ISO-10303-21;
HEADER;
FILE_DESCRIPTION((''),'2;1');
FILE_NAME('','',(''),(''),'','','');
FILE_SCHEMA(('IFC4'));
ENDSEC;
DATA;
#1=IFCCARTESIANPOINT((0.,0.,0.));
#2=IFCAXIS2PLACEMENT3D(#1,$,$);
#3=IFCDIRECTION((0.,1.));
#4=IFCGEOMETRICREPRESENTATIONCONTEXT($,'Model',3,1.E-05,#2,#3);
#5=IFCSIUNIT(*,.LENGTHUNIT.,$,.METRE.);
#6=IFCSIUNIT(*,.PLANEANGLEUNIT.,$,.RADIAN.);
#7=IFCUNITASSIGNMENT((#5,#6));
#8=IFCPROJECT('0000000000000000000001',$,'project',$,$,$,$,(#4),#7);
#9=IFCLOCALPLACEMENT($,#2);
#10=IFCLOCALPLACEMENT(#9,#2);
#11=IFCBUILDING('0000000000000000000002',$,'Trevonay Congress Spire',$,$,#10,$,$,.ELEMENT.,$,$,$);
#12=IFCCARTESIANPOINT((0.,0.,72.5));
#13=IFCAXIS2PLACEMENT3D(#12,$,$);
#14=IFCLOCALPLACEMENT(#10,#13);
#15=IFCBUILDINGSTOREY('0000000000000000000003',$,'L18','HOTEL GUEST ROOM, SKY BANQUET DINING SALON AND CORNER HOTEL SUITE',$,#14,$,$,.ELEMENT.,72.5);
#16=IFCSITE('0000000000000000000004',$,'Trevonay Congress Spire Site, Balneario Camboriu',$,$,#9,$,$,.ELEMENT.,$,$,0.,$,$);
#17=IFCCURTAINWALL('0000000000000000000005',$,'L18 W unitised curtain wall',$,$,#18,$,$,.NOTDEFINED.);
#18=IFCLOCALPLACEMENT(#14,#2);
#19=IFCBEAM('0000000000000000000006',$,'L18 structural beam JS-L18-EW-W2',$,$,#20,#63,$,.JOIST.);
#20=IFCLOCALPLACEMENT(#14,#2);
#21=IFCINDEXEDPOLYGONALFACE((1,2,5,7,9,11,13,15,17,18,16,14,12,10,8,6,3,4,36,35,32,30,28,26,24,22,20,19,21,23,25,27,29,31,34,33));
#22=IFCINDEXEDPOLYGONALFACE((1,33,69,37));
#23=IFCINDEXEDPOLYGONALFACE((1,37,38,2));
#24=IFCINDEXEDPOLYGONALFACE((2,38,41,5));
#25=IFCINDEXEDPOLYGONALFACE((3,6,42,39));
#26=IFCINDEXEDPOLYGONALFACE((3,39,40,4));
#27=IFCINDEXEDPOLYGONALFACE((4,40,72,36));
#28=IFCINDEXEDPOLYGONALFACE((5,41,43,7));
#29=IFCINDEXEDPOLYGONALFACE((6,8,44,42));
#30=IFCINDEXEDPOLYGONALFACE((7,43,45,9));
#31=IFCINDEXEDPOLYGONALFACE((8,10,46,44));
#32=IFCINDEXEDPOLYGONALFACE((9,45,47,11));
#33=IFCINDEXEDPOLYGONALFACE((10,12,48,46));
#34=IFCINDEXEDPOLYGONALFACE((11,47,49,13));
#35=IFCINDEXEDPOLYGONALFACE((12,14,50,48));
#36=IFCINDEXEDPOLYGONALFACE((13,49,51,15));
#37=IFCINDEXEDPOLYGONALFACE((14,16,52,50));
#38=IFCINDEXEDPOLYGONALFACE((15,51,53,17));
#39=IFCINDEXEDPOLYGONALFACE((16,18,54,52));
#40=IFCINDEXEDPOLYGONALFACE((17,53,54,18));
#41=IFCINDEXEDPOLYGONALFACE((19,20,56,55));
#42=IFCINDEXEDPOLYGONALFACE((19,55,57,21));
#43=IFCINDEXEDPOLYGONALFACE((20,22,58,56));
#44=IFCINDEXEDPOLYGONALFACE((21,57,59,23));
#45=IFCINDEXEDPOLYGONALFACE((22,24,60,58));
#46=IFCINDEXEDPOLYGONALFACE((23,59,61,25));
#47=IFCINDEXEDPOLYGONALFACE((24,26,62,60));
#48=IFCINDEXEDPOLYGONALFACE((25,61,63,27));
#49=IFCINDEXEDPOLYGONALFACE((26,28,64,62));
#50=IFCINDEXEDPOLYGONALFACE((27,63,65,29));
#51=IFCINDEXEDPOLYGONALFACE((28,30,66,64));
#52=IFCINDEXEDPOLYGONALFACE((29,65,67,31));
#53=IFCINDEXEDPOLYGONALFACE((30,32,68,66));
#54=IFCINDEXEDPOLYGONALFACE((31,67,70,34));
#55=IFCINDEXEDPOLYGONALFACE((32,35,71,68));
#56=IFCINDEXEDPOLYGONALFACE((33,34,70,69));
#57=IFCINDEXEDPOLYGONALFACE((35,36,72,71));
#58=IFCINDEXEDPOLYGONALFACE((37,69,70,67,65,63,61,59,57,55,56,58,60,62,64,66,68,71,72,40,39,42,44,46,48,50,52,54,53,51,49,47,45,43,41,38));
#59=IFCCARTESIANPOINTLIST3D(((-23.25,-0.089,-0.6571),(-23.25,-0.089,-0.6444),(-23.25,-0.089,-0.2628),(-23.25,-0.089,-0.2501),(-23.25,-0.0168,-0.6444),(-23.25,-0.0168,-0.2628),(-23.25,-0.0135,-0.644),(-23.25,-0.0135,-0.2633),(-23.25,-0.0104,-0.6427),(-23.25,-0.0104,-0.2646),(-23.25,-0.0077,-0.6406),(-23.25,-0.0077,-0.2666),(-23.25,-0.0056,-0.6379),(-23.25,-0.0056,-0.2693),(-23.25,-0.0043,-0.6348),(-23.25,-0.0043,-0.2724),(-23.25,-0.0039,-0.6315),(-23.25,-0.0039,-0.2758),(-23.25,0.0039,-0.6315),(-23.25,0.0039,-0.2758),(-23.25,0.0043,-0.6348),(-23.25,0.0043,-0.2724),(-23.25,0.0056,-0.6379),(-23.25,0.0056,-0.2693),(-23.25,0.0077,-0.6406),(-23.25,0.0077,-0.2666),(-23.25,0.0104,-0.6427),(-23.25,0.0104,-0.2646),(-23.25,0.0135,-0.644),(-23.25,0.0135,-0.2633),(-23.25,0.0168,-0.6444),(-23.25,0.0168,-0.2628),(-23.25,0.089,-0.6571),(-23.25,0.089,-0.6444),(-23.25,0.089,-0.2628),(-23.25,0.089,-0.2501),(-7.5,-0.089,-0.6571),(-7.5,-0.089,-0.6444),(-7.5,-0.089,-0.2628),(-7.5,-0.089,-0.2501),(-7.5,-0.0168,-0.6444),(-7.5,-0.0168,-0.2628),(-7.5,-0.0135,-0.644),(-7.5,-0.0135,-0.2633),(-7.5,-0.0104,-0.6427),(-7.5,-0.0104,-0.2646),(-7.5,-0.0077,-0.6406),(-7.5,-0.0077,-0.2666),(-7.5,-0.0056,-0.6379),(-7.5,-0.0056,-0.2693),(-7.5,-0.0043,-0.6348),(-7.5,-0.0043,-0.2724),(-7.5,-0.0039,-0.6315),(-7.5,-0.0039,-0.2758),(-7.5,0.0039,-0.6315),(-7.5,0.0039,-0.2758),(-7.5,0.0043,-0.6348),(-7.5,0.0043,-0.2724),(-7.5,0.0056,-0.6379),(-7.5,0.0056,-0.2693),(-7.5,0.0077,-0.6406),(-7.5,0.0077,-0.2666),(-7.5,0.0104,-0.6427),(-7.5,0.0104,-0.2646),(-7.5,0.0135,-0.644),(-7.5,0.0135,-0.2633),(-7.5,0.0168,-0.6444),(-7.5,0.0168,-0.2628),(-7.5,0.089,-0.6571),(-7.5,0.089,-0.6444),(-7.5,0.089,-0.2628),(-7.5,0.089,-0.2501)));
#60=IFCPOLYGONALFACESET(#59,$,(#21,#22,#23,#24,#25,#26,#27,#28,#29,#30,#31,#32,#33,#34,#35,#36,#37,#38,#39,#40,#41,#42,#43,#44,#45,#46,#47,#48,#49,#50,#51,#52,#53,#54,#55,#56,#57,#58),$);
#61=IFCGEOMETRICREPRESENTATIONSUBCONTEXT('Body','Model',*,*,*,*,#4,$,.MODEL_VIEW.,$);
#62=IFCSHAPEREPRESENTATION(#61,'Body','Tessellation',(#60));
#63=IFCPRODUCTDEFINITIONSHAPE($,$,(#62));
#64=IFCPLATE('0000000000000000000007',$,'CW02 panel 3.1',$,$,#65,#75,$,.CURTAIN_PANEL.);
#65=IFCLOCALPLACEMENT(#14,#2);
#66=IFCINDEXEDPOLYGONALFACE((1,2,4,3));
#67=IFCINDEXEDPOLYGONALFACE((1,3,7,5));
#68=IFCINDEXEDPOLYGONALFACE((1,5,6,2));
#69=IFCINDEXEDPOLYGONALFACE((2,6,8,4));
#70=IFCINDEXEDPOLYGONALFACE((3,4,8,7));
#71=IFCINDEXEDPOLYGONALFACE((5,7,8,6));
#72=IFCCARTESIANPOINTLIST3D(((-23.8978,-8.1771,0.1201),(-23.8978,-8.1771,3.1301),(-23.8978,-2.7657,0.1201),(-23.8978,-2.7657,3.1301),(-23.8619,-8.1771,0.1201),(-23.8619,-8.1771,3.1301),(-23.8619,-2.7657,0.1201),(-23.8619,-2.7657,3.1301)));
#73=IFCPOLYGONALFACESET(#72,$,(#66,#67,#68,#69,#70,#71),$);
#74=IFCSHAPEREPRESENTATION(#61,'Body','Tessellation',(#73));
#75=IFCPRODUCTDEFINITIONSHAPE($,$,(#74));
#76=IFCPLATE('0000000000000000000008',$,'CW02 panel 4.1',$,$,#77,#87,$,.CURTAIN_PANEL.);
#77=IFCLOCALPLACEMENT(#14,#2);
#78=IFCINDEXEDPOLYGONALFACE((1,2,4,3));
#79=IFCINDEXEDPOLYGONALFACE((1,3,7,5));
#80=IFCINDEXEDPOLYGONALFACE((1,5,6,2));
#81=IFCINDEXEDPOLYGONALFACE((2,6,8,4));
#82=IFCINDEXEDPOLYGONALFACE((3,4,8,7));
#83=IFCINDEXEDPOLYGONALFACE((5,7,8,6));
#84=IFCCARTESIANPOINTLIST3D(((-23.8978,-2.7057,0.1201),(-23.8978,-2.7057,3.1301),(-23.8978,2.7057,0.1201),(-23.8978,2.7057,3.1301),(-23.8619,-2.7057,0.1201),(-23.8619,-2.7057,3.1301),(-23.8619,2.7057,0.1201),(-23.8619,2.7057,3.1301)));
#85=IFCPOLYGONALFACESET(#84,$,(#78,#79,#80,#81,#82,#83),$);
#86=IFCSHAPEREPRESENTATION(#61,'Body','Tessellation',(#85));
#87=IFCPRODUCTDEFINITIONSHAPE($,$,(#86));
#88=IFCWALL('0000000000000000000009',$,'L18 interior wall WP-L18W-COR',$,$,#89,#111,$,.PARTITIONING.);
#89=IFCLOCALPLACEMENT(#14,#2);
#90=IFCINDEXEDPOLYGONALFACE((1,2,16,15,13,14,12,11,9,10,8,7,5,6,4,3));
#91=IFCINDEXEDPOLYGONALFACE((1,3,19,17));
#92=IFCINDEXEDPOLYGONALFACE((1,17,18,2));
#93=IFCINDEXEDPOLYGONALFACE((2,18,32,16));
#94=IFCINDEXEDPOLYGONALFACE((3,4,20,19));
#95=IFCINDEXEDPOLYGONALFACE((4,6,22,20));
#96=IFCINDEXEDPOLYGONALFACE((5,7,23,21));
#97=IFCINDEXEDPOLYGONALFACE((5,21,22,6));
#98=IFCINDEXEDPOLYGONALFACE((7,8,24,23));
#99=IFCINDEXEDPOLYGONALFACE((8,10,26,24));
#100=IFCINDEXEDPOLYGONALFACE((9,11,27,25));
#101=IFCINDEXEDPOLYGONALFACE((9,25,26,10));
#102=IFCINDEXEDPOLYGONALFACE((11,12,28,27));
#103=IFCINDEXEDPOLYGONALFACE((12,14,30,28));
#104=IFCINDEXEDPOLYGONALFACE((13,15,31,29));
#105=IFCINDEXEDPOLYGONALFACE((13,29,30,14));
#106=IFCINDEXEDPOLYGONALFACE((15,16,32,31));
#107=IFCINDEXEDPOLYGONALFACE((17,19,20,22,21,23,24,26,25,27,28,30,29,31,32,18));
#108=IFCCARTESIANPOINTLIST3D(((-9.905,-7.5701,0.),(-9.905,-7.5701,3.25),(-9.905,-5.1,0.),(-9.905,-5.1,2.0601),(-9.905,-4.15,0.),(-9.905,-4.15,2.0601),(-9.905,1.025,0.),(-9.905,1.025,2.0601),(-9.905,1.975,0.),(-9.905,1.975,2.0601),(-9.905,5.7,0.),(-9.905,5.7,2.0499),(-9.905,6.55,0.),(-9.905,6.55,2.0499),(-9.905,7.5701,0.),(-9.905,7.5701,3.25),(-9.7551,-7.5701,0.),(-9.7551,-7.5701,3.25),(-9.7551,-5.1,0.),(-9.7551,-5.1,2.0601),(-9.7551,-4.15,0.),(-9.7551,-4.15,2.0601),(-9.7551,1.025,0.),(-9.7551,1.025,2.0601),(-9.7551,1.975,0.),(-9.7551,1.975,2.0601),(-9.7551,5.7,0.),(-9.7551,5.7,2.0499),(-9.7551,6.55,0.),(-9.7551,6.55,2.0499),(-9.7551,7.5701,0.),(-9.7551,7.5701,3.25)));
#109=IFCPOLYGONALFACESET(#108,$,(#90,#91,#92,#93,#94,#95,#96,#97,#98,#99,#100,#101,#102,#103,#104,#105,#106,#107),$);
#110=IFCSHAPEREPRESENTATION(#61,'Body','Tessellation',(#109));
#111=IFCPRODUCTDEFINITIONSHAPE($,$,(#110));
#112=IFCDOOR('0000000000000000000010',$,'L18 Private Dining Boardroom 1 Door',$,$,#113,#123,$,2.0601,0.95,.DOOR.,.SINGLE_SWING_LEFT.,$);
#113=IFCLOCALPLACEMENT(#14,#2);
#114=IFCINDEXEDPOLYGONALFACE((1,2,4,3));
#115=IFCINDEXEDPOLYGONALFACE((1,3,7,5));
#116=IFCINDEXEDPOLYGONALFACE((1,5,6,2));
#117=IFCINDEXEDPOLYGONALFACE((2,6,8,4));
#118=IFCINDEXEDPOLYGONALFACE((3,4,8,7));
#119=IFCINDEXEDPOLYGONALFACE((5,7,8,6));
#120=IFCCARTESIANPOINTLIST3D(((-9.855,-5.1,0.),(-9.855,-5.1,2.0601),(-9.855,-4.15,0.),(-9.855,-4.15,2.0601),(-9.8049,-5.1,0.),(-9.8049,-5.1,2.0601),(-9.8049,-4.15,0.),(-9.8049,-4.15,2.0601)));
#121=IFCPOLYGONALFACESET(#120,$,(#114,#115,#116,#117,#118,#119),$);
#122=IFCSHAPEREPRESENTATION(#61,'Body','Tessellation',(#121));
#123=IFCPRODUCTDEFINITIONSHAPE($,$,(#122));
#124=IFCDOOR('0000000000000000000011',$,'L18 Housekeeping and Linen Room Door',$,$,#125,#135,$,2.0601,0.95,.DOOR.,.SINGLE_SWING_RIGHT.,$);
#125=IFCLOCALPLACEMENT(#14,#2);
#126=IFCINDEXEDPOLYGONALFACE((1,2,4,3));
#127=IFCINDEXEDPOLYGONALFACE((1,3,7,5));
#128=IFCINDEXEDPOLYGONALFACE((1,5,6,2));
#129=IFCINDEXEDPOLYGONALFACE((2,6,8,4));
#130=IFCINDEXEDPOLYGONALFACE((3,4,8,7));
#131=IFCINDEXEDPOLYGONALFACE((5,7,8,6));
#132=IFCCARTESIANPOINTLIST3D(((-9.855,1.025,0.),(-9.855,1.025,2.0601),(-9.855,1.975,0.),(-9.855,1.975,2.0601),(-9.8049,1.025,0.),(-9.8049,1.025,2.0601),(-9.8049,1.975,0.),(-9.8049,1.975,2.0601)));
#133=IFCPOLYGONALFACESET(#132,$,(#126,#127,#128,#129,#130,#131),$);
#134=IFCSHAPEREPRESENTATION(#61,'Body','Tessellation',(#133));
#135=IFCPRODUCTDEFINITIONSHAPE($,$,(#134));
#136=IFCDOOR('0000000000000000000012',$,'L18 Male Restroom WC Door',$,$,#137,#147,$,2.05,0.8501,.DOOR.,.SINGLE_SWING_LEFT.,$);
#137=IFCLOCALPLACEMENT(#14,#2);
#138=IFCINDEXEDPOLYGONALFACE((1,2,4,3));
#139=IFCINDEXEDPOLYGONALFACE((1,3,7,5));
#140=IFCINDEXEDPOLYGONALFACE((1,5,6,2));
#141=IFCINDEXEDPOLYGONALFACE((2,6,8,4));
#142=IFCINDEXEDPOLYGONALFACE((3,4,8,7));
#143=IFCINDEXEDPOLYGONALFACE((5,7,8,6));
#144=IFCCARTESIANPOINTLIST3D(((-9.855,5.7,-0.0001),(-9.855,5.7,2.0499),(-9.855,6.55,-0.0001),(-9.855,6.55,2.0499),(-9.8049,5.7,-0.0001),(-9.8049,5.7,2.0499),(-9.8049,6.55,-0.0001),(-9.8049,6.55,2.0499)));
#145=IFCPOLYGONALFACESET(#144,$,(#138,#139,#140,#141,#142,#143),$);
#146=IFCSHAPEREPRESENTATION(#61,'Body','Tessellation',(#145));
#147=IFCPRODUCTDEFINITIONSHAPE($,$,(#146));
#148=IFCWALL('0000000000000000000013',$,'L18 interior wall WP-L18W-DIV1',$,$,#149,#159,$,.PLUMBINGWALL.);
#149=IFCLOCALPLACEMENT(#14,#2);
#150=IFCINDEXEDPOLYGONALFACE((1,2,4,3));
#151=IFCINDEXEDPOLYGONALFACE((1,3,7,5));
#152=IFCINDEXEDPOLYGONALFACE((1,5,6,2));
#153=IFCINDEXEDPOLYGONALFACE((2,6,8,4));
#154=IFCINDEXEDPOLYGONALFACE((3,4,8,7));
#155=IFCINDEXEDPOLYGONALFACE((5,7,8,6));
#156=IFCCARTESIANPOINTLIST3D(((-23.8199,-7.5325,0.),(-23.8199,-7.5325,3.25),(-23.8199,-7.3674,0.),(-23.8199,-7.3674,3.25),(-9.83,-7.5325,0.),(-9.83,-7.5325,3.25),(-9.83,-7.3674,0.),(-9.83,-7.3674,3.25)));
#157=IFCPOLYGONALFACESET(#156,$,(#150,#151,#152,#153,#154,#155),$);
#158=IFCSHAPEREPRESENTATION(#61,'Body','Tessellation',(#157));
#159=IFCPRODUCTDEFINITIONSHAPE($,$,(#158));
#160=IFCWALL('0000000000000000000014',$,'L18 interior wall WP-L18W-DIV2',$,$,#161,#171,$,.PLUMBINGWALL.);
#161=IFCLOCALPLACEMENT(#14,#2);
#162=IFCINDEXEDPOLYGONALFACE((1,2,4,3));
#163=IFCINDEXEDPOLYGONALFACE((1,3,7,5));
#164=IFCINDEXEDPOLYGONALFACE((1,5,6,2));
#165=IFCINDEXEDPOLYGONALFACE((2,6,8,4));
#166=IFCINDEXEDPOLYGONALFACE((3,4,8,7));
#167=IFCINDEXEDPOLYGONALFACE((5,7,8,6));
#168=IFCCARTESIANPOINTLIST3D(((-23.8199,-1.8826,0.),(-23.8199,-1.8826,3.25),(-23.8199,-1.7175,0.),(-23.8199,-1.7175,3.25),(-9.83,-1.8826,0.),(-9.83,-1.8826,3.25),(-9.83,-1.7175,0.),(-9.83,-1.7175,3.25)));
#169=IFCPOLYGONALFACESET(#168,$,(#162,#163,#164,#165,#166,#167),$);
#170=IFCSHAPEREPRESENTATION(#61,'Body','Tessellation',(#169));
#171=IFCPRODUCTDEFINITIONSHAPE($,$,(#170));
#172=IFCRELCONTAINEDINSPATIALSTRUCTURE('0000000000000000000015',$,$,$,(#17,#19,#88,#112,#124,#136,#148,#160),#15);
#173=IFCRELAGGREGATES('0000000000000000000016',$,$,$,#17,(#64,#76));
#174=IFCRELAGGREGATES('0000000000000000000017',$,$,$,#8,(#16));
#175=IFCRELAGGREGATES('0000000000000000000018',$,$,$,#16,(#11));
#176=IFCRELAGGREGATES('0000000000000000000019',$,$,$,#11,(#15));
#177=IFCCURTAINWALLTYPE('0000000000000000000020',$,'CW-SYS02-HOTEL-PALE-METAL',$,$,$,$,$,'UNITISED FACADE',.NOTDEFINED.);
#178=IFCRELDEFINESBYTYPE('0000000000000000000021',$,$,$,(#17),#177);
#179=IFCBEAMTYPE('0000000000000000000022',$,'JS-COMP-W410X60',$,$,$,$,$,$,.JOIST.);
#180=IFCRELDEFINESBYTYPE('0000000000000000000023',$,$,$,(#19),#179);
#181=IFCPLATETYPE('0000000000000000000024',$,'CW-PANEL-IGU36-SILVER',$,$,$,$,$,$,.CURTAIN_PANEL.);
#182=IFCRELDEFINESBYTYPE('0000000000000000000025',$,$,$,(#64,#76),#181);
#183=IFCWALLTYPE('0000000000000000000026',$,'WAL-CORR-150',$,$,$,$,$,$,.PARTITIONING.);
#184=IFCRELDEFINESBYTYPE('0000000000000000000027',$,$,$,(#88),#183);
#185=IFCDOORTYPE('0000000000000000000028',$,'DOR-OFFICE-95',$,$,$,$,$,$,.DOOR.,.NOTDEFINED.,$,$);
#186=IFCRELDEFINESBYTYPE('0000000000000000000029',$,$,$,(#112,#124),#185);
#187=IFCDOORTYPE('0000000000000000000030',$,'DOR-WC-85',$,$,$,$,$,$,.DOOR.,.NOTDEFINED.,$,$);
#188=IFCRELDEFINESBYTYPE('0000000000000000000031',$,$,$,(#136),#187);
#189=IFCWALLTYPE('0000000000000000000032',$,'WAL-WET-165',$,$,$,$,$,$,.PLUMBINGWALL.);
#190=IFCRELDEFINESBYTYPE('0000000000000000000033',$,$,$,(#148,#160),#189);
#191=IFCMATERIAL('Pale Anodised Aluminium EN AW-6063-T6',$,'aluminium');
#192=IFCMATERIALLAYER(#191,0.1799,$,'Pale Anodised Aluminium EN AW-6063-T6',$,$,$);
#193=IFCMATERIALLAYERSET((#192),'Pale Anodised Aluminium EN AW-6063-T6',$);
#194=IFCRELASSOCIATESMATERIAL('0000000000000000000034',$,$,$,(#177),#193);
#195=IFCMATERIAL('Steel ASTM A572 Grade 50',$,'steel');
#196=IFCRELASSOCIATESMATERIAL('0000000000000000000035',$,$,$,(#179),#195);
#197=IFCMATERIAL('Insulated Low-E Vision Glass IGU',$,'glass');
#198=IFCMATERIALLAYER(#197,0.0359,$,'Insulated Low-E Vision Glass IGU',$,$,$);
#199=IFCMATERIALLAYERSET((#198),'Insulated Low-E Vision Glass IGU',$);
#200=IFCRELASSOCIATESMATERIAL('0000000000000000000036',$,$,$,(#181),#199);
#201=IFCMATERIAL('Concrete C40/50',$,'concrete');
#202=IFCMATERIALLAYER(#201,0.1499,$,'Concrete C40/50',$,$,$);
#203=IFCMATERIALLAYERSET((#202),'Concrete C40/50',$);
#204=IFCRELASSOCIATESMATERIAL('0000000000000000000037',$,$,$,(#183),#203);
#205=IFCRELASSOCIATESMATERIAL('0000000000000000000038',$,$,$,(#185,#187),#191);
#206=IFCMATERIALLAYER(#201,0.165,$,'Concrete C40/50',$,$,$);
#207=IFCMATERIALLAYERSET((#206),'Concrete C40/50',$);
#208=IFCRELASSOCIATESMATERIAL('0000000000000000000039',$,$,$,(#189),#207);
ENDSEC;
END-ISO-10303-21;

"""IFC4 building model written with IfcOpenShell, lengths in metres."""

from ifc_helpers import new_model, si_unit, direction, frame, frame_2d, origin, origin_2d, place, context, subcontext, project, spatial, rectangle, i_section, extrude, material, layer, layer_set, material_profile, profile_set, type_object, element, fill, aggregate, save


model = new_model("IFC4")

# Units and contexts
model_context = context("Model", 3, precision=1e-05, world=origin(), true_north=direction((0.0, 1.0)))
body_context = subcontext(model_context, "Body", "Model", "MODEL_VIEW")
ifc_project = project(units=[si_unit("LENGTHUNIT", "METRE"), si_unit("PLANEANGLEUNIT", "RADIAN")], contexts=[model_context])

# Site, building, storey
site_placement = place(None, origin())
site = spatial("IfcSite", under=ifc_project, at=site_placement, Name="Trevonay Congress Spire Site, Balneario Camboriu", CompositionType="ELEMENT", RefElevation=0.0)
building_placement = place(site_placement, origin())
building = spatial("IfcBuilding", under=site, at=building_placement, Name="Trevonay Congress Spire", CompositionType="ELEMENT")
storey_placement = place(building_placement, frame((0.0, 0.0, 72.5)))
storey = spatial("IfcBuildingStorey", under=building, at=storey_placement, Name="L18", Description="HOTEL GUEST ROOM, SKY BANQUET DINING SALON AND CORNER HOTEL SUITE", CompositionType="ELEMENT", Elevation=72.5)

# Shared definitions
ifc_material_1 = material(Name="Steel ASTM A572 Grade 50", Category="steel")

# Curtain wall
ifc_material_2 = material(Name="Pale Anodised Aluminium EN AW-6063-T6", Category="aluminium")
ifc_layer_1 = layer(ifc_material_2, 0.1799, Name="Pale Anodised Aluminium EN AW-6063-T6")
ifc_layer_set_1 = layer_set([ifc_layer_1], Name="Pale Anodised Aluminium EN AW-6063-T6")
curtain_wall_type = type_object("IfcCurtainWallType", Name="CW-SYS02-HOTEL-PALE-METAL", ElementType="UNITISED FACADE", PredefinedType="NOTDEFINED", material=ifc_layer_set_1)
curtain_wall_placement = place(storey_placement, origin())
curtain_wall = element("IfcCurtainWall", 1, at=curtain_wall_placement, inside=storey, type_object=curtain_wall_type, Name="L18 W unitised curtain wall", PredefinedType="NOTDEFINED")

# Beam
ifc_material_profile_1 = material_profile(ifc_material_1, i_section(OverallWidth=0.178, OverallDepth=0.407, WebThickness=0.0078, FlangeThickness=0.0127, FilletRadius=0.0129, at=origin_2d()), Name="W410x60")
ifc_profile_set_1 = profile_set([ifc_material_profile_1], Name="Steel ASTM A572 Grade 50")
beam_type_1 = type_object("IfcBeamType", Name="JS-COMP-W410X60", PredefinedType="JOIST", material=ifc_profile_set_1)
for number, where, z_axis, x_axis, name in (
    (2, (-23.25, 0.0, -0.4536), (1.0, 0.0, 0.0), (0.0, 1.0, 0.0), "L18 structural beam JS-L18-EW-W2"),
):
    element("IfcBeam", number, at=place(storey_placement, frame(where, z_axis=z_axis, x_axis=x_axis)), inside=storey, type_object=beam_type_1, Name=name, PredefinedType="JOIST", context=body_context, shape_type="SweptSolid", body=[
        extrude(i_section(OverallWidth=0.178, OverallDepth=0.407, WebThickness=0.0078, FlangeThickness=0.0127, FilletRadius=0.0129, at=origin_2d()), origin(), (0.0, 0.0, 1.0), 15.75),
    ])

# Plates
ifc_material_3 = material(Name="Insulated Low-E Vision Glass IGU", Category="glass")
ifc_layer_2 = layer(ifc_material_3, 0.0359, Name="Insulated Low-E Vision Glass IGU")
ifc_layer_set_2 = layer_set([ifc_layer_2], Name="Insulated Low-E Vision Glass IGU")
plate_type = type_object("IfcPlateType", Name="CW-PANEL-IGU36-SILVER", PredefinedType="CURTAIN_PANEL", material=ifc_layer_set_2)
plate_1_placement = place(storey_placement, frame((-23.8799, -5.4714, 0.1201), z_axis=(0.0, 0.0, 1.0), x_axis=(0.0, 1.0, 0.0)))
plate_1 = element("IfcPlate", 3, at=plate_1_placement, type_object=plate_type, Name="CW02 panel 3.1", PredefinedType="CURTAIN_PANEL", context=body_context, shape_type="SweptSolid", body=[
    extrude(rectangle(XDim=5.4114, YDim=0.0359, at=origin_2d()), origin(), (0.0, 0.0, 1.0), 3.01),
])
plate_2_placement = place(storey_placement, frame((-23.8799, 0.0, 0.1201), z_axis=(0.0, 0.0, 1.0), x_axis=(0.0, 1.0, 0.0)))
plate_2 = element("IfcPlate", 4, at=plate_2_placement, type_object=plate_type, Name="CW02 panel 4.1", PredefinedType="CURTAIN_PANEL", context=body_context, shape_type="SweptSolid", body=[
    extrude(rectangle(XDim=5.4114, YDim=0.0359, at=origin_2d()), origin(), (0.0, 0.0, 1.0), 3.01),
])
aggregate(curtain_wall, [plate_1, plate_2])

# Wall, openings, doors
ifc_material_4 = material(Name="Concrete C40/50", Category="concrete")
ifc_layer_3 = layer(ifc_material_4, 0.1499, Name="Concrete C40/50")
ifc_layer_set_3 = layer_set([ifc_layer_3], Name="Concrete C40/50")
wall_type_1 = type_object("IfcWallType", Name="WAL-CORR-150", PredefinedType="PARTITIONING", material=ifc_layer_set_3)
wall_placement = place(storey_placement, frame((-9.8301, -7.5701, 0.0), z_axis=(0.0, 0.0, 1.0), x_axis=(0.0, 1.0, 0.0)))
wall = element("IfcWall", 5, at=wall_placement, inside=storey, type_object=wall_type_1, Name="L18 interior wall WP-L18W-COR", PredefinedType="PARTITIONING", context=body_context, shape_type="SweptSolid", body=[
    extrude(rectangle(XDim=15.1401, YDim=0.1499, at=frame_2d((7.5701, 0.0))), origin(), (0.0, 0.0, 1.0), 3.25),
])
opening_1_placement = place(wall_placement, frame((2.47, 0.0, 0.0)))
opening_1 = element("IfcOpeningElement", 6, at=opening_1_placement, cuts=wall, PredefinedType="OPENING", context=body_context, shape_type="SweptSolid", body=[
    extrude(rectangle(XDim=0.95, YDim=2.0601, at=frame_2d((0.4751, 1.03))), frame((0.0, 0.085, 0.0), z_axis=(0.0, -1.0, 0.0), x_axis=(1.0, 0.0, 0.0)), (0.0, 0.0, 1.0), 0.1699),
])
opening_2_placement = place(wall_placement, frame((8.595, 0.0, 0.0)))
opening_2 = element("IfcOpeningElement", 7, at=opening_2_placement, cuts=wall, PredefinedType="OPENING", context=body_context, shape_type="SweptSolid", body=[
    extrude(rectangle(XDim=0.95, YDim=2.0601, at=frame_2d((0.4751, 1.03))), frame((0.0, 0.085, 0.0), z_axis=(0.0, -1.0, 0.0), x_axis=(1.0, 0.0, 0.0)), (0.0, 0.0, 1.0), 0.1699),
])
opening_3_placement = place(wall_placement, frame((13.27, 0.0, 0.0)))
opening_3 = element("IfcOpeningElement", 8, at=opening_3_placement, cuts=wall, PredefinedType="OPENING", context=body_context, shape_type="SweptSolid", body=[
    extrude(rectangle(XDim=0.8501, YDim=2.05, at=frame_2d((0.425, 1.0249))), frame((0.0, 0.085, 0.0), z_axis=(0.0, -1.0, 0.0), x_axis=(1.0, 0.0, 0.0)), (0.0, 0.0, 1.0), 0.1699),
])
door_type_1 = type_object("IfcDoorType", Name="DOR-OFFICE-95", OperationType="NOTDEFINED", PredefinedType="DOOR", material=ifc_material_2)
door_1_placement = place(opening_1_placement, origin())
door_1 = element("IfcDoor", 9, at=door_1_placement, inside=storey, type_object=door_type_1, Name="L18 Private Dining Boardroom 1 Door", OperationType="SINGLE_SWING_LEFT", OverallHeight=2.0601, OverallWidth=0.95, PredefinedType="DOOR", context=body_context, shape_type="SweptSolid", body=[
    extrude(rectangle(XDim=0.95, YDim=2.0601, at=frame_2d((0.4751, 1.03))), frame((0.0, 0.0249, 0.0), z_axis=(0.0, -1.0, 0.0), x_axis=(1.0, 0.0, 0.0)), (0.0, 0.0, 1.0), 0.05),
])
fill(opening_1, door_1)
door_2_placement = place(opening_2_placement, origin())
door_2 = element("IfcDoor", 10, at=door_2_placement, inside=storey, type_object=door_type_1, Name="L18 Housekeeping and Linen Room Door", OperationType="SINGLE_SWING_RIGHT", OverallHeight=2.0601, OverallWidth=0.95, PredefinedType="DOOR", context=body_context, shape_type="SweptSolid", body=[
    extrude(rectangle(XDim=0.95, YDim=2.0601, at=frame_2d((0.4751, 1.03))), frame((0.0, 0.0249, 0.0), z_axis=(0.0, -1.0, 0.0), x_axis=(1.0, 0.0, 0.0)), (0.0, 0.0, 1.0), 0.05),
])
fill(opening_2, door_2)
door_type_2 = type_object("IfcDoorType", Name="DOR-WC-85", OperationType="NOTDEFINED", PredefinedType="DOOR", material=ifc_material_2)
door_3_placement = place(opening_3_placement, origin())
door_3 = element("IfcDoor", 11, at=door_3_placement, inside=storey, type_object=door_type_2, Name="L18 Male Restroom WC Door", OperationType="SINGLE_SWING_LEFT", OverallHeight=2.05, OverallWidth=0.8501, PredefinedType="DOOR", context=body_context, shape_type="SweptSolid", body=[
    extrude(rectangle(XDim=0.8501, YDim=2.05, at=frame_2d((0.425, 1.0249))), frame((0.0, 0.0249, 0.0), z_axis=(0.0, -1.0, 0.0), x_axis=(1.0, 0.0, 0.0)), (0.0, 0.0, 1.0), 0.05),
])
fill(opening_3, door_3)

# Walls
ifc_layer_4 = layer(ifc_material_4, 0.165, Name="Concrete C40/50")
ifc_layer_set_4 = layer_set([ifc_layer_4], Name="Concrete C40/50")
wall_type_2 = type_object("IfcWallType", Name="WAL-WET-165", PredefinedType="PLUMBINGWALL", material=ifc_layer_set_4)
for number, where, z_axis, x_axis, name in (
    (12, (-23.8201, -7.45, 0.0), (0.0, 0.0, 1.0), (1.0, 0.0, 0.0), "L18 interior wall WP-L18W-DIV1"),
    (13, (-23.8201, -1.8, 0.0), (0.0, 0.0, 1.0), (1.0, 0.0, 0.0), "L18 interior wall WP-L18W-DIV2"),
):
    element("IfcWall", number, at=place(storey_placement, frame(where, z_axis=z_axis, x_axis=x_axis)), inside=storey, type_object=wall_type_2, Name=name, PredefinedType="PLUMBINGWALL", context=body_context, shape_type="SweptSolid", body=[
        extrude(rectangle(XDim=13.99, YDim=0.165, at=frame_2d((6.9951, 0.0))), origin(), (0.0, 0.0, 1.0), 3.25),
    ])

save(model, "model.ifc")
